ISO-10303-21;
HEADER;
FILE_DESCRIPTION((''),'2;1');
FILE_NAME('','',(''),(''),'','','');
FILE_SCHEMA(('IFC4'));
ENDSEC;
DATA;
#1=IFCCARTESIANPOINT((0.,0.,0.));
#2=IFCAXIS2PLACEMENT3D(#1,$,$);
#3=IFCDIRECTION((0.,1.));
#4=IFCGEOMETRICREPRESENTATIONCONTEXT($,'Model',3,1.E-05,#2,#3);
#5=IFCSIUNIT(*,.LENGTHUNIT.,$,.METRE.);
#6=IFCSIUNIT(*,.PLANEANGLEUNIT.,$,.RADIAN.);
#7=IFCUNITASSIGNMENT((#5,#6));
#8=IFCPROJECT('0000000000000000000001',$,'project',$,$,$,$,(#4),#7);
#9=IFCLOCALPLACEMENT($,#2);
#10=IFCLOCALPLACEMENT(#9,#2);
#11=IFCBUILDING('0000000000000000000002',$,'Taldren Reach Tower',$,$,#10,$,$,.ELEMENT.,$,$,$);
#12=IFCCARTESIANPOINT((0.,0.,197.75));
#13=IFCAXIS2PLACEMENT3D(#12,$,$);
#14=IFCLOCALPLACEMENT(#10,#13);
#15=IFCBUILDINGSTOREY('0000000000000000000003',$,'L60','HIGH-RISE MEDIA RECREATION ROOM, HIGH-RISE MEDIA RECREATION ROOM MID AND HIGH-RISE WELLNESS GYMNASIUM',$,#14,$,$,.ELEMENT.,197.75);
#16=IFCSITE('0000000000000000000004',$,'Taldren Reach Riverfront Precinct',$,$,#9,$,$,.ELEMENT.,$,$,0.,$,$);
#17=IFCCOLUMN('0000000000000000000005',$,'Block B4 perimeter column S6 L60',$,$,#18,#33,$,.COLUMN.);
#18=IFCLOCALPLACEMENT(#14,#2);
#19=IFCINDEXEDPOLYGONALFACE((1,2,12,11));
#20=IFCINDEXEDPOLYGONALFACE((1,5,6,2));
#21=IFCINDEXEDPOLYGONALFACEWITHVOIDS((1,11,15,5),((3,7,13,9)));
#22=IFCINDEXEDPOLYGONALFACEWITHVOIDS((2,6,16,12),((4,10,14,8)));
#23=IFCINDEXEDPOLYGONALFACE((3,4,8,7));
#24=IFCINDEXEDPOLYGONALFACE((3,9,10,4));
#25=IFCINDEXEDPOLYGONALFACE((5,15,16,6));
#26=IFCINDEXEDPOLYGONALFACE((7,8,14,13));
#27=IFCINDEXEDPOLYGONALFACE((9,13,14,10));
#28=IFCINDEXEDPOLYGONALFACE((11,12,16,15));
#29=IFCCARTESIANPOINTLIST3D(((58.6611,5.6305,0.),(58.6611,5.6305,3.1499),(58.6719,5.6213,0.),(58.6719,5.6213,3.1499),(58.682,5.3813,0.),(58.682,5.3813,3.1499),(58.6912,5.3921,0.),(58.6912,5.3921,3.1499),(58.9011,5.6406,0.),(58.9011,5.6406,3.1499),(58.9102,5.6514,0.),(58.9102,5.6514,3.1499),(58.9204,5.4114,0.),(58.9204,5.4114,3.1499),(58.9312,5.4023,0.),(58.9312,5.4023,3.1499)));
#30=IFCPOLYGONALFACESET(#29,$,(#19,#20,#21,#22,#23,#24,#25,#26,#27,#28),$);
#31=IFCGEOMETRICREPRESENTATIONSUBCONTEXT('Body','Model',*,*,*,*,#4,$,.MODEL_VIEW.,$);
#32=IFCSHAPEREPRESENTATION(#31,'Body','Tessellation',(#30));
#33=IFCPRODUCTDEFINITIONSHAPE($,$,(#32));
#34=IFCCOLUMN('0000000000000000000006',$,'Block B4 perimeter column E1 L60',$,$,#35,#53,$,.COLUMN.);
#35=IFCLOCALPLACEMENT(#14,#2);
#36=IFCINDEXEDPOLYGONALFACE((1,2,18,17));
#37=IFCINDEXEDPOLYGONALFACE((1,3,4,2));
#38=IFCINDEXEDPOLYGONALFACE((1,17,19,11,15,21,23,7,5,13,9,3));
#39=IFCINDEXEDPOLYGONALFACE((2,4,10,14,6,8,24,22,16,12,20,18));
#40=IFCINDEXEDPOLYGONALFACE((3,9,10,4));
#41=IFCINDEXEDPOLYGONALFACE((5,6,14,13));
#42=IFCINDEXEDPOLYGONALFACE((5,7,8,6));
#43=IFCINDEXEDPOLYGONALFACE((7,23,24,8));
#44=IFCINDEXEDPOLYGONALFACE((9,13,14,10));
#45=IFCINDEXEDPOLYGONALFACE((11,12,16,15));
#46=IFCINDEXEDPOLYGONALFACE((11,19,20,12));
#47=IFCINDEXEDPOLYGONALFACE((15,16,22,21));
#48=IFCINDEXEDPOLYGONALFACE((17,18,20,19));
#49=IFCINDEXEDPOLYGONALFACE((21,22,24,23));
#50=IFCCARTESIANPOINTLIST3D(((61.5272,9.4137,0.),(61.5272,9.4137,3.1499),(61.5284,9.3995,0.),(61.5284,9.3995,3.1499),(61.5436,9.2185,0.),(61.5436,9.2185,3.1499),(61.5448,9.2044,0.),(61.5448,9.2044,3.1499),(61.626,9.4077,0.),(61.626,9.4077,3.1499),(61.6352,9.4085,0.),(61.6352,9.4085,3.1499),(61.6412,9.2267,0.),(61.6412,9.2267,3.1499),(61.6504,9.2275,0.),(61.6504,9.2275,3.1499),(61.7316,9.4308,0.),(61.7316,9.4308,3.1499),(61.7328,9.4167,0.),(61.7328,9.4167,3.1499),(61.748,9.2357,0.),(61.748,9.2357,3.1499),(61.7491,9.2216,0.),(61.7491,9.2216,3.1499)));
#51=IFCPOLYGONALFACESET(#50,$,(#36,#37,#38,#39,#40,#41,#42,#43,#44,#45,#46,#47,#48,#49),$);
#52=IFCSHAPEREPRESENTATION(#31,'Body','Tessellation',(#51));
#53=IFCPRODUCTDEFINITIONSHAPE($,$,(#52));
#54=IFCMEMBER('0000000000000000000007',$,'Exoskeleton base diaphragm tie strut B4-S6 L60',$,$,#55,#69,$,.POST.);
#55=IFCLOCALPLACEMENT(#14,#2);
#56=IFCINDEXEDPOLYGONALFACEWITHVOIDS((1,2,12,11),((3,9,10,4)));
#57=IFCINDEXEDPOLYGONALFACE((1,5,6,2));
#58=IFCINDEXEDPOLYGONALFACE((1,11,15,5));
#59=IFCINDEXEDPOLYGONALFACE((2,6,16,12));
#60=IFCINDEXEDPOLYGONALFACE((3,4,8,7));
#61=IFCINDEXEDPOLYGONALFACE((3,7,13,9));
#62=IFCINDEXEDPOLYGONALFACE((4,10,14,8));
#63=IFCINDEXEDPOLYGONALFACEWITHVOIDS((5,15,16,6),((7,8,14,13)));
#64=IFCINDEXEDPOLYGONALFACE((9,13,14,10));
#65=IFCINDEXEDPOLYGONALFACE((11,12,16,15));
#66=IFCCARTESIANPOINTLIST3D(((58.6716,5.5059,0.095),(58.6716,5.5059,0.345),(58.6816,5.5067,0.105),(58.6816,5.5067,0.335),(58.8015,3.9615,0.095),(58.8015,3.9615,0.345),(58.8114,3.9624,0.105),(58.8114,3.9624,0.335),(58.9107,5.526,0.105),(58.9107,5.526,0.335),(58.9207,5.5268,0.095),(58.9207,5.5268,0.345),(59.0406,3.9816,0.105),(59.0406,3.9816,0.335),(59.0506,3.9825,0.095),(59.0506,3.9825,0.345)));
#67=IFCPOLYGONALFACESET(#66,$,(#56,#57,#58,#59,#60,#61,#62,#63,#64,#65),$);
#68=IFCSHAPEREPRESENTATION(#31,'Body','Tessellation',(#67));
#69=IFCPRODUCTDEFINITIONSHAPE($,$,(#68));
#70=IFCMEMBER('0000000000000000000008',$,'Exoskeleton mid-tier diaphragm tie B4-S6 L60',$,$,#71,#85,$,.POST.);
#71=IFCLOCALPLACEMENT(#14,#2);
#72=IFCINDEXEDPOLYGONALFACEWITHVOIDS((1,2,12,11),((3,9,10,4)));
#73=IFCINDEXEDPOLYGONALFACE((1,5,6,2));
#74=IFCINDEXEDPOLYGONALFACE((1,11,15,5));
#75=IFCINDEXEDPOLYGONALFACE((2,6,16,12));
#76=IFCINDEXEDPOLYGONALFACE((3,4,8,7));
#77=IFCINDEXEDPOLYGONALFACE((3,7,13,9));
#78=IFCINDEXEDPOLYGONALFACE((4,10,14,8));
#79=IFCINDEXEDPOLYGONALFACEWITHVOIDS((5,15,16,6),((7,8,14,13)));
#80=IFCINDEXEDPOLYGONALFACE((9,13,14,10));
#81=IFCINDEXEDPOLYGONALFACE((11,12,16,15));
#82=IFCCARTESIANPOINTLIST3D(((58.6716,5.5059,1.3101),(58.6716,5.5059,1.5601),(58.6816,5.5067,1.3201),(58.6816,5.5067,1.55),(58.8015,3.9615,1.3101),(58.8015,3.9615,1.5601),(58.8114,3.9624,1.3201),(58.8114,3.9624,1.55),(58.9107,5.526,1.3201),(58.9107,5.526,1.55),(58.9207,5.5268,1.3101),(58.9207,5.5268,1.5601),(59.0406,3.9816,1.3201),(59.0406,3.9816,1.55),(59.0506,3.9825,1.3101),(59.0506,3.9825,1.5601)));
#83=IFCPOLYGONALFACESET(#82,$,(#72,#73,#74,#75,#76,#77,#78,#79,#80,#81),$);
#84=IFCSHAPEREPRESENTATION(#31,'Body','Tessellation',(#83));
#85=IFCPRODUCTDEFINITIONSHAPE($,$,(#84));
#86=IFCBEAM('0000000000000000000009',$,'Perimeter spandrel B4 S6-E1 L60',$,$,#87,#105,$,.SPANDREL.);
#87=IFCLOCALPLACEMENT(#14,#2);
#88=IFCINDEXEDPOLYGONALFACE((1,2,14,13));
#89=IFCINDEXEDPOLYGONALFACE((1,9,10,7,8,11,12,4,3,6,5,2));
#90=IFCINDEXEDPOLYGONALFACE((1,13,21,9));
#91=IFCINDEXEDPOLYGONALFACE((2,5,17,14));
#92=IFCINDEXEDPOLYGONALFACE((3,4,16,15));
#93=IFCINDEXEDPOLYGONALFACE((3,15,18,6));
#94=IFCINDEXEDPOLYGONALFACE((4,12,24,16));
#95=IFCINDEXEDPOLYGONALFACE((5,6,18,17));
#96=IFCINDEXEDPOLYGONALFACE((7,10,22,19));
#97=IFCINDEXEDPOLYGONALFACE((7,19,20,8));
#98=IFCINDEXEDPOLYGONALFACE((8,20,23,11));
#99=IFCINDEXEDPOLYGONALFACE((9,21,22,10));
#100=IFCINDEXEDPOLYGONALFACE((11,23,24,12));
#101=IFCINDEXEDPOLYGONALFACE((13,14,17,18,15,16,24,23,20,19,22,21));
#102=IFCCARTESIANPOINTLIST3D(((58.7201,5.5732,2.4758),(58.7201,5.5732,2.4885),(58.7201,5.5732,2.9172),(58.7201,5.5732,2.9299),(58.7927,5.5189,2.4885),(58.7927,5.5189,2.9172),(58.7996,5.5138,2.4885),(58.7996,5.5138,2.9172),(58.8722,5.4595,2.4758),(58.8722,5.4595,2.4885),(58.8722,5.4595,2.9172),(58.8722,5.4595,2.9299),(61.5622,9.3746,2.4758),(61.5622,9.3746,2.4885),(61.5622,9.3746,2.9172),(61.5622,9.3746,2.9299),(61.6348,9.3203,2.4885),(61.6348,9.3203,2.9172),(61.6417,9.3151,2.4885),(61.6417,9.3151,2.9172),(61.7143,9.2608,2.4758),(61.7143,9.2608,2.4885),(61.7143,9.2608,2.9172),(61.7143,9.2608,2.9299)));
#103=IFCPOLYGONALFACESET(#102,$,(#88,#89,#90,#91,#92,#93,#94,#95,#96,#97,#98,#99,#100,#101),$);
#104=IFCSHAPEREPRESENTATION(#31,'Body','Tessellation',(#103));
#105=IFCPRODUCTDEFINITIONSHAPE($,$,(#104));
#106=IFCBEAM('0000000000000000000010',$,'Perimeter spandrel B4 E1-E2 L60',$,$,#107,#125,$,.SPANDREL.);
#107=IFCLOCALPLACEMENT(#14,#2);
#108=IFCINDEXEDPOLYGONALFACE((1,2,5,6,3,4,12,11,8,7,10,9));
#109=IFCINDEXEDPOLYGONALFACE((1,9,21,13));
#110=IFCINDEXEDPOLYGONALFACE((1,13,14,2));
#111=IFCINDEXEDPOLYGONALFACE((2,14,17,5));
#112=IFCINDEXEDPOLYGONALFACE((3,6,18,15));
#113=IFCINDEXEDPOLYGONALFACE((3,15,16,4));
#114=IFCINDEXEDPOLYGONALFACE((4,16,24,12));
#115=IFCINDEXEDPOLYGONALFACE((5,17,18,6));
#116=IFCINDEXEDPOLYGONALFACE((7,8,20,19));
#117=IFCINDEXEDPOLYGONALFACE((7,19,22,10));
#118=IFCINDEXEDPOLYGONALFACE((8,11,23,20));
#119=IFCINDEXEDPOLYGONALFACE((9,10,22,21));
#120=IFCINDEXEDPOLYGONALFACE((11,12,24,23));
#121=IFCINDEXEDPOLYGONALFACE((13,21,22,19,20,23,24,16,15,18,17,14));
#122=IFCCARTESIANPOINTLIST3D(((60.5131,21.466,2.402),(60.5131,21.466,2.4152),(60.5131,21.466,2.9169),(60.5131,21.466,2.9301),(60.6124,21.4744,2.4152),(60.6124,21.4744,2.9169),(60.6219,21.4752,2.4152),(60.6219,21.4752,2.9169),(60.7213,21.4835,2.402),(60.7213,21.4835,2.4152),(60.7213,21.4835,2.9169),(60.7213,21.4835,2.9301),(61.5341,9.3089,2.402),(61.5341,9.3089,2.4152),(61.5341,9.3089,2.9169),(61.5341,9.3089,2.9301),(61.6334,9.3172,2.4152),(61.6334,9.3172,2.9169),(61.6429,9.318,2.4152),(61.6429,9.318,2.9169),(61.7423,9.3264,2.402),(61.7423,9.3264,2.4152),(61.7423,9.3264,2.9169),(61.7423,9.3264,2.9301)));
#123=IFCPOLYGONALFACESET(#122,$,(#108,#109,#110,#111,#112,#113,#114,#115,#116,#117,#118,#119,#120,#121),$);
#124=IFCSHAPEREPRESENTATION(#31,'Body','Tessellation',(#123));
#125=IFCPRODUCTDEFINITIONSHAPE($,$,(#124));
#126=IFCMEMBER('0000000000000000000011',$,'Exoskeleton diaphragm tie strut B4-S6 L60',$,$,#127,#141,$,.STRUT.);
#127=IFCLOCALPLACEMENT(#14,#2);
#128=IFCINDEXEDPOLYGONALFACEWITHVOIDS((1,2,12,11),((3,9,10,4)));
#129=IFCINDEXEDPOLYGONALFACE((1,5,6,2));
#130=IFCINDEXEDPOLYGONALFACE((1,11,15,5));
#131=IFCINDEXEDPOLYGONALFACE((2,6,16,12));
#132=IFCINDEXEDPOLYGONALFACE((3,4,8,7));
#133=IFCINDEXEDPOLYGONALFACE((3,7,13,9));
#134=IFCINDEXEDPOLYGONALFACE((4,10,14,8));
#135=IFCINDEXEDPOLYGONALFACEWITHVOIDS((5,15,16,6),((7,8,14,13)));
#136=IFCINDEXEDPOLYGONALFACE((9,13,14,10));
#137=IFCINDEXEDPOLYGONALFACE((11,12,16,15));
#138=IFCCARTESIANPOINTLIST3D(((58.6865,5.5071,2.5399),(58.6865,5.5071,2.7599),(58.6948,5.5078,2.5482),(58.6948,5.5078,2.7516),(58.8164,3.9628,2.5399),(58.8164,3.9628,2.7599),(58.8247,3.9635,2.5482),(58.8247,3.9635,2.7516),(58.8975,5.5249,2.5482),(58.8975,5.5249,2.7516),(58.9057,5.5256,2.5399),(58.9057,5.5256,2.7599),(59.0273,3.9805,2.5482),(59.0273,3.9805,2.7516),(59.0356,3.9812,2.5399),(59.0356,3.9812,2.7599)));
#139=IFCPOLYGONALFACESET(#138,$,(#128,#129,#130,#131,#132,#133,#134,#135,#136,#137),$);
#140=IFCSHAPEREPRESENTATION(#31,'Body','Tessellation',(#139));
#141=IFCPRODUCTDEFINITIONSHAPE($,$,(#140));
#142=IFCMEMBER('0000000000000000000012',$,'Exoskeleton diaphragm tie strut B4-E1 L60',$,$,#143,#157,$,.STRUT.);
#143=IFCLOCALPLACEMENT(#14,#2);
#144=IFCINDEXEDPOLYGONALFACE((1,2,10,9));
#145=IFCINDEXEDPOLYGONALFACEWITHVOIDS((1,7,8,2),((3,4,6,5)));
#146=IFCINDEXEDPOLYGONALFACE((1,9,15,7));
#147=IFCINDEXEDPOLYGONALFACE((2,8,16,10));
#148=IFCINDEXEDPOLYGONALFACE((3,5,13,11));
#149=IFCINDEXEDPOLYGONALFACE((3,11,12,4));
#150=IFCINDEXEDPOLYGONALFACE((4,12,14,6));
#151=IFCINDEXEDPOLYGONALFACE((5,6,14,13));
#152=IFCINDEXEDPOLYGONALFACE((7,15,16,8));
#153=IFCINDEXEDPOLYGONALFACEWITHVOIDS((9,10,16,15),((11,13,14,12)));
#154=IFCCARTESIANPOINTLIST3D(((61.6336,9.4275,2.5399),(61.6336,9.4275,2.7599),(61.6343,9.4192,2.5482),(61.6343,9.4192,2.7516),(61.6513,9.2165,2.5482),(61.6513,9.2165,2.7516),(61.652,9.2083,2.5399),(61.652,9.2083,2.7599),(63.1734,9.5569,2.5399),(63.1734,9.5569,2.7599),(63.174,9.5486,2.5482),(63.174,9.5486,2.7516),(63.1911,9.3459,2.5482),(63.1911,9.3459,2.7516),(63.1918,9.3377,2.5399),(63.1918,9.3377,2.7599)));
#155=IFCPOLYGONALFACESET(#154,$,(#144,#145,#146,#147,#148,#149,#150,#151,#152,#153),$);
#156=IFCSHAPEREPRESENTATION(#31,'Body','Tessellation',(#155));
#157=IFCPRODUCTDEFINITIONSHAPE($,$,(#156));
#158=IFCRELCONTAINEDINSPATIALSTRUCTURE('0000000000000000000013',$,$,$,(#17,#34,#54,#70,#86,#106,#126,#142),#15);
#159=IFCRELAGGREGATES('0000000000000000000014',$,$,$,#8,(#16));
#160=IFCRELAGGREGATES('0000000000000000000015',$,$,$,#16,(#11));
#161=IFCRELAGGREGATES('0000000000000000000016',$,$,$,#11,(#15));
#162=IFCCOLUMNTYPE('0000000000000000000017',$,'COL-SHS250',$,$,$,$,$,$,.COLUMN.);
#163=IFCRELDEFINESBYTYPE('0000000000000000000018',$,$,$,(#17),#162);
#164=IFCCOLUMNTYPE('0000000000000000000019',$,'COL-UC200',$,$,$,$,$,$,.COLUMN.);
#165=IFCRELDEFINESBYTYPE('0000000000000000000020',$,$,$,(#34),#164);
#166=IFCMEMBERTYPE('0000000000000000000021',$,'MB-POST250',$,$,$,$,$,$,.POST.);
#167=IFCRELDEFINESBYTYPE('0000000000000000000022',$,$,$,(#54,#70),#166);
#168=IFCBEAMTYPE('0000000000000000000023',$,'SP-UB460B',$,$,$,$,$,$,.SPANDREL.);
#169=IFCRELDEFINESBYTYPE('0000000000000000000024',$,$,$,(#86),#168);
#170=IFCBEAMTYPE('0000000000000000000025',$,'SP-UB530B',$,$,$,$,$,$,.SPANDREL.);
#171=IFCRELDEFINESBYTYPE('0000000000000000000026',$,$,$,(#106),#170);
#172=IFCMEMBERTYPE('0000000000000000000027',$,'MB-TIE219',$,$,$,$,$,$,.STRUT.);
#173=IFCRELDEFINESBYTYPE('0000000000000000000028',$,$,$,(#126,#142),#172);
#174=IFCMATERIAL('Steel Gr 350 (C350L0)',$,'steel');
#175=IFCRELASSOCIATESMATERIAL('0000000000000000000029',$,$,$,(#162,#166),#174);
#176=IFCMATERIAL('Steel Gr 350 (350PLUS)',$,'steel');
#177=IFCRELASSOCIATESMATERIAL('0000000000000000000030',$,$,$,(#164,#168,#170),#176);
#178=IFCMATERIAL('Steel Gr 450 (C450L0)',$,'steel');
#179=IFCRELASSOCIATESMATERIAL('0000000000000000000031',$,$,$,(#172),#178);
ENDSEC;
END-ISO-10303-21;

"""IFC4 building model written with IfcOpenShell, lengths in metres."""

from ifc_helpers import new_model, si_unit, direction, frame, origin, origin_2d, place, context, subcontext, project, spatial, hollow_rectangle, i_section, extrude, source, transform, mapped, material, material_profile, profile_set, type_object, element, save


model = new_model("IFC4")

# Units and contexts
model_context = context("Model", 3, precision=1e-05, world=origin(), true_north=direction((0.0, 1.0)))
body_context = subcontext(model_context, "Body", "Model", "MODEL_VIEW")
ifc_project = project(units=[si_unit("LENGTHUNIT", "METRE"), si_unit("PLANEANGLEUNIT", "RADIAN")], contexts=[model_context])

# Site, building, storey
site_placement = place(None, origin())
site = spatial("IfcSite", under=ifc_project, at=site_placement, Name="Taldren Reach Riverfront Precinct", CompositionType="ELEMENT", RefElevation=0.0)
building_placement = place(site_placement, origin())
building = spatial("IfcBuilding", under=site, at=building_placement, Name="Taldren Reach Tower", CompositionType="ELEMENT")
storey_placement = place(building_placement, frame((0.0, 0.0, 197.75)))
storey = spatial("IfcBuildingStorey", under=building, at=storey_placement, Name="L60", Description="HIGH-RISE MEDIA RECREATION ROOM, HIGH-RISE MEDIA RECREATION ROOM MID AND HIGH-RISE WELLNESS GYMNASIUM", CompositionType="ELEMENT", Elevation=197.75)

# Columns
ifc_material_1 = material(Name="Steel Gr 350 (C350L0)", Category="steel")
ifc_material_profile_1 = material_profile(ifc_material_1, hollow_rectangle(XDim=0.25, YDim=0.25, WallThickness=0.01, at=origin_2d()), Name="250x250x10.0SHS")
ifc_profile_set_1 = profile_set([ifc_material_profile_1], Name="Steel Gr 350 (C350L0)")
column_type_1 = type_object("IfcColumnType", Name="COL-SHS250", PredefinedType="COLUMN", material=ifc_profile_set_1)
shared_shape_1 = source(origin(), body_context, "Body", "SweptSolid", [
    extrude(hollow_rectangle(XDim=0.25, YDim=0.25, WallThickness=0.01, at=origin_2d()), origin(), (0.0, 0.0, 1.0), 3.1499),
])
column_1_placement = place(storey_placement, frame((58.7961, 5.5164, 0.0), z_axis=(0.0, 0.0, 1.0), x_axis=(0.996493, 0.083678, 0.0)))
element("IfcColumn", 1, at=column_1_placement, inside=storey, type_object=column_type_1, Name="Block B4 perimeter column S6 L60", PredefinedType="COLUMN", context=body_context, shape_type="MappedRepresentation", body=[
    mapped(shared_shape_1, transform((0.0, 0.0, 0.0), scale=1.0)),
])
ifc_material_2 = material(Name="Steel Gr 350 (350PLUS)", Category="steel")
ifc_material_profile_2 = material_profile(ifc_material_2, i_section(OverallWidth=0.2051, OverallDepth=0.21, WebThickness=0.0093, FlangeThickness=0.0142, at=origin_2d()), Name="200UC59.5")
ifc_profile_set_2 = profile_set([ifc_material_profile_2], Name="Steel Gr 350 (350PLUS)")
column_type_2 = type_object("IfcColumnType", Name="COL-UC200", PredefinedType="COLUMN", material=ifc_profile_set_2)
shared_shape_2 = source(origin(), body_context, "Body", "SweptSolid", [
    extrude(i_section(OverallWidth=0.2051, OverallDepth=0.21, WebThickness=0.0093, FlangeThickness=0.0142, at=origin_2d()), origin(), (0.0, 0.0, 1.0), 3.1499),
])
column_2_placement = place(storey_placement, frame((61.6382, 9.3176, 0.0), z_axis=(0.0, 0.0, 1.0), x_axis=(0.996493, 0.083678, 0.0)))
element("IfcColumn", 2, at=column_2_placement, inside=storey, type_object=column_type_2, Name="Block B4 perimeter column E1 L60", PredefinedType="COLUMN", context=body_context, shape_type="MappedRepresentation", body=[
    mapped(shared_shape_2, transform((0.0, 0.0, 0.0), scale=1.0)),
])

# Members
ifc_material_profile_3 = material_profile(ifc_material_1, hollow_rectangle(XDim=0.25, YDim=0.25, WallThickness=0.01, at=origin_2d()), Name="250x250x10.0SHS")
ifc_profile_set_3 = profile_set([ifc_material_profile_3], Name="Steel Gr 350 (C350L0)")
member_type_1 = type_object("IfcMemberType", Name="MB-POST250", PredefinedType="POST", material=ifc_profile_set_3)
shared_shape_3 = source(origin(), body_context, "Body", "SweptSolid", [
    extrude(hollow_rectangle(XDim=0.25, YDim=0.25, WallThickness=0.01, at=origin_2d()), origin(), (0.0, 0.0, 1.0), 1.5498),
])
for number, where, z_axis, x_axis, name in (
    (3, (58.7961, 5.5164, 0.22), (0.083802, -0.996482, 0.0), (0.996482, 0.083802, 0.0), "Exoskeleton base diaphragm tie strut B4-S6 L60"),
    (4, (58.7961, 5.5164, 1.4351), (0.083802, -0.996482, 0.0), (0.996482, 0.083802, 0.0), "Exoskeleton mid-tier diaphragm tie B4-S6 L60"),
):
    element("IfcMember", number, at=place(storey_placement, frame(where, z_axis=z_axis, x_axis=x_axis)), inside=storey, type_object=member_type_1, Name=name, PredefinedType="POST", context=body_context, shape_type="MappedRepresentation", body=[
        mapped(shared_shape_3, transform((0.0, 0.0, 0.0), scale=1.0)),
    ])

# Beams
ifc_material_profile_4 = material_profile(ifc_material_2, i_section(OverallWidth=0.1899, OverallDepth=0.4541, WebThickness=0.0085, FlangeThickness=0.0127, at=origin_2d()), Name="460UB67.1")
ifc_profile_set_4 = profile_set([ifc_material_profile_4], Name="Steel Gr 350 (350PLUS)")
beam_type_1 = type_object("IfcBeamType", Name="SP-UB460B", PredefinedType="SPANDREL", material=ifc_profile_set_4)
shared_shape_4 = source(origin(), body_context, "Body", "SweptSolid", [
    extrude(i_section(OverallWidth=0.1899, OverallDepth=0.4541, WebThickness=0.0085, FlangeThickness=0.0127, at=origin_2d()), origin(), (0.0, 0.0, 1.0), 4.7463),
])
beam_1_placement = place(storey_placement, frame((58.7961, 5.5164, 2.7029), z_axis=(0.598798, 0.8009, 0.0), x_axis=(-0.8009, 0.598798, 0.0)))
element("IfcBeam", 5, at=beam_1_placement, inside=storey, type_object=beam_type_1, Name="Perimeter spandrel B4 S6-E1 L60", PredefinedType="SPANDREL", context=body_context, shape_type="MappedRepresentation", body=[
    mapped(shared_shape_4, transform((0.0, 0.0, 0.0), scale=1.0)),
])
ifc_material_profile_5 = material_profile(ifc_material_2, i_section(OverallWidth=0.209, OverallDepth=0.5281, WebThickness=0.0095, FlangeThickness=0.0132, at=origin_2d()), Name="530UB82.0")
ifc_profile_set_5 = profile_set([ifc_material_profile_5], Name="Steel Gr 350 (350PLUS)")
beam_type_2 = type_object("IfcBeamType", Name="SP-UB530B", PredefinedType="SPANDREL", material=ifc_profile_set_5)
shared_shape_5 = source(origin(), body_context, "Body", "SweptSolid", [
    extrude(i_section(OverallWidth=0.209, OverallDepth=0.5281, WebThickness=0.0095, FlangeThickness=0.0132, at=origin_2d()), origin(), (0.0, 0.0, 1.0), 12.2),
])
beam_2_placement = place(storey_placement, frame((61.6382, 9.3176, 2.666), z_axis=(-0.083688, 0.996492, 0.0), x_axis=(-0.996492, -0.083688, 0.0)))
element("IfcBeam", 6, at=beam_2_placement, inside=storey, type_object=beam_type_2, Name="Perimeter spandrel B4 E1-E2 L60", PredefinedType="SPANDREL", context=body_context, shape_type="MappedRepresentation", body=[
    mapped(shared_shape_5, transform((0.0, 0.0, 0.0), scale=1.0)),
])

# Members
ifc_material_3 = material(Name="Steel Gr 450 (C450L0)", Category="steel")
ifc_material_profile_6 = material_profile(ifc_material_3, hollow_rectangle(XDim=0.22, YDim=0.22, WallThickness=0.0083, at=origin_2d()), Name="220x220x8.2SHS")
ifc_profile_set_6 = profile_set([ifc_material_profile_6], Name="Steel Gr 450 (C450L0)")
member_type_2 = type_object("IfcMemberType", Name="MB-TIE219", PredefinedType="STRUT", material=ifc_profile_set_6)
shared_shape_6 = source(origin(), body_context, "Body", "SweptSolid", [
    extrude(hollow_rectangle(XDim=0.22, YDim=0.22, WallThickness=0.0083, at=origin_2d()), origin(), (0.0, 0.0, 1.0), 1.5498),
])
member_1_placement = place(storey_placement, frame((58.7961, 5.5164, 2.6499), z_axis=(0.083802, -0.996482, 0.0), x_axis=(0.996482, 0.083802, 0.0)))
element("IfcMember", 7, at=member_1_placement, inside=storey, type_object=member_type_2, Name="Exoskeleton diaphragm tie strut B4-S6 L60", PredefinedType="STRUT", context=body_context, shape_type="MappedRepresentation", body=[
    mapped(shared_shape_6, transform((0.0, 0.0, 0.0), scale=1.0)),
])
shared_shape_7 = source(origin(), body_context, "Body", "SweptSolid", [
    extrude(hollow_rectangle(XDim=0.22, YDim=0.22, WallThickness=0.0083, at=origin_2d()), origin(), (0.0, 0.0, 1.0), 1.5452),
])
member_2_placement = place(storey_placement, frame((61.6428, 9.3179, 2.6499), z_axis=(0.996488, 0.083738, 0.0), x_axis=(-0.083738, 0.996488, 0.0)))
element("IfcMember", 8, at=member_2_placement, inside=storey, type_object=member_type_2, Name="Exoskeleton diaphragm tie strut B4-E1 L60", PredefinedType="STRUT", context=body_context, shape_type="MappedRepresentation", body=[
    mapped(shared_shape_7, transform((0.0, 0.0, 0.0), scale=1.0)),
])

save(model, "model.ifc")
